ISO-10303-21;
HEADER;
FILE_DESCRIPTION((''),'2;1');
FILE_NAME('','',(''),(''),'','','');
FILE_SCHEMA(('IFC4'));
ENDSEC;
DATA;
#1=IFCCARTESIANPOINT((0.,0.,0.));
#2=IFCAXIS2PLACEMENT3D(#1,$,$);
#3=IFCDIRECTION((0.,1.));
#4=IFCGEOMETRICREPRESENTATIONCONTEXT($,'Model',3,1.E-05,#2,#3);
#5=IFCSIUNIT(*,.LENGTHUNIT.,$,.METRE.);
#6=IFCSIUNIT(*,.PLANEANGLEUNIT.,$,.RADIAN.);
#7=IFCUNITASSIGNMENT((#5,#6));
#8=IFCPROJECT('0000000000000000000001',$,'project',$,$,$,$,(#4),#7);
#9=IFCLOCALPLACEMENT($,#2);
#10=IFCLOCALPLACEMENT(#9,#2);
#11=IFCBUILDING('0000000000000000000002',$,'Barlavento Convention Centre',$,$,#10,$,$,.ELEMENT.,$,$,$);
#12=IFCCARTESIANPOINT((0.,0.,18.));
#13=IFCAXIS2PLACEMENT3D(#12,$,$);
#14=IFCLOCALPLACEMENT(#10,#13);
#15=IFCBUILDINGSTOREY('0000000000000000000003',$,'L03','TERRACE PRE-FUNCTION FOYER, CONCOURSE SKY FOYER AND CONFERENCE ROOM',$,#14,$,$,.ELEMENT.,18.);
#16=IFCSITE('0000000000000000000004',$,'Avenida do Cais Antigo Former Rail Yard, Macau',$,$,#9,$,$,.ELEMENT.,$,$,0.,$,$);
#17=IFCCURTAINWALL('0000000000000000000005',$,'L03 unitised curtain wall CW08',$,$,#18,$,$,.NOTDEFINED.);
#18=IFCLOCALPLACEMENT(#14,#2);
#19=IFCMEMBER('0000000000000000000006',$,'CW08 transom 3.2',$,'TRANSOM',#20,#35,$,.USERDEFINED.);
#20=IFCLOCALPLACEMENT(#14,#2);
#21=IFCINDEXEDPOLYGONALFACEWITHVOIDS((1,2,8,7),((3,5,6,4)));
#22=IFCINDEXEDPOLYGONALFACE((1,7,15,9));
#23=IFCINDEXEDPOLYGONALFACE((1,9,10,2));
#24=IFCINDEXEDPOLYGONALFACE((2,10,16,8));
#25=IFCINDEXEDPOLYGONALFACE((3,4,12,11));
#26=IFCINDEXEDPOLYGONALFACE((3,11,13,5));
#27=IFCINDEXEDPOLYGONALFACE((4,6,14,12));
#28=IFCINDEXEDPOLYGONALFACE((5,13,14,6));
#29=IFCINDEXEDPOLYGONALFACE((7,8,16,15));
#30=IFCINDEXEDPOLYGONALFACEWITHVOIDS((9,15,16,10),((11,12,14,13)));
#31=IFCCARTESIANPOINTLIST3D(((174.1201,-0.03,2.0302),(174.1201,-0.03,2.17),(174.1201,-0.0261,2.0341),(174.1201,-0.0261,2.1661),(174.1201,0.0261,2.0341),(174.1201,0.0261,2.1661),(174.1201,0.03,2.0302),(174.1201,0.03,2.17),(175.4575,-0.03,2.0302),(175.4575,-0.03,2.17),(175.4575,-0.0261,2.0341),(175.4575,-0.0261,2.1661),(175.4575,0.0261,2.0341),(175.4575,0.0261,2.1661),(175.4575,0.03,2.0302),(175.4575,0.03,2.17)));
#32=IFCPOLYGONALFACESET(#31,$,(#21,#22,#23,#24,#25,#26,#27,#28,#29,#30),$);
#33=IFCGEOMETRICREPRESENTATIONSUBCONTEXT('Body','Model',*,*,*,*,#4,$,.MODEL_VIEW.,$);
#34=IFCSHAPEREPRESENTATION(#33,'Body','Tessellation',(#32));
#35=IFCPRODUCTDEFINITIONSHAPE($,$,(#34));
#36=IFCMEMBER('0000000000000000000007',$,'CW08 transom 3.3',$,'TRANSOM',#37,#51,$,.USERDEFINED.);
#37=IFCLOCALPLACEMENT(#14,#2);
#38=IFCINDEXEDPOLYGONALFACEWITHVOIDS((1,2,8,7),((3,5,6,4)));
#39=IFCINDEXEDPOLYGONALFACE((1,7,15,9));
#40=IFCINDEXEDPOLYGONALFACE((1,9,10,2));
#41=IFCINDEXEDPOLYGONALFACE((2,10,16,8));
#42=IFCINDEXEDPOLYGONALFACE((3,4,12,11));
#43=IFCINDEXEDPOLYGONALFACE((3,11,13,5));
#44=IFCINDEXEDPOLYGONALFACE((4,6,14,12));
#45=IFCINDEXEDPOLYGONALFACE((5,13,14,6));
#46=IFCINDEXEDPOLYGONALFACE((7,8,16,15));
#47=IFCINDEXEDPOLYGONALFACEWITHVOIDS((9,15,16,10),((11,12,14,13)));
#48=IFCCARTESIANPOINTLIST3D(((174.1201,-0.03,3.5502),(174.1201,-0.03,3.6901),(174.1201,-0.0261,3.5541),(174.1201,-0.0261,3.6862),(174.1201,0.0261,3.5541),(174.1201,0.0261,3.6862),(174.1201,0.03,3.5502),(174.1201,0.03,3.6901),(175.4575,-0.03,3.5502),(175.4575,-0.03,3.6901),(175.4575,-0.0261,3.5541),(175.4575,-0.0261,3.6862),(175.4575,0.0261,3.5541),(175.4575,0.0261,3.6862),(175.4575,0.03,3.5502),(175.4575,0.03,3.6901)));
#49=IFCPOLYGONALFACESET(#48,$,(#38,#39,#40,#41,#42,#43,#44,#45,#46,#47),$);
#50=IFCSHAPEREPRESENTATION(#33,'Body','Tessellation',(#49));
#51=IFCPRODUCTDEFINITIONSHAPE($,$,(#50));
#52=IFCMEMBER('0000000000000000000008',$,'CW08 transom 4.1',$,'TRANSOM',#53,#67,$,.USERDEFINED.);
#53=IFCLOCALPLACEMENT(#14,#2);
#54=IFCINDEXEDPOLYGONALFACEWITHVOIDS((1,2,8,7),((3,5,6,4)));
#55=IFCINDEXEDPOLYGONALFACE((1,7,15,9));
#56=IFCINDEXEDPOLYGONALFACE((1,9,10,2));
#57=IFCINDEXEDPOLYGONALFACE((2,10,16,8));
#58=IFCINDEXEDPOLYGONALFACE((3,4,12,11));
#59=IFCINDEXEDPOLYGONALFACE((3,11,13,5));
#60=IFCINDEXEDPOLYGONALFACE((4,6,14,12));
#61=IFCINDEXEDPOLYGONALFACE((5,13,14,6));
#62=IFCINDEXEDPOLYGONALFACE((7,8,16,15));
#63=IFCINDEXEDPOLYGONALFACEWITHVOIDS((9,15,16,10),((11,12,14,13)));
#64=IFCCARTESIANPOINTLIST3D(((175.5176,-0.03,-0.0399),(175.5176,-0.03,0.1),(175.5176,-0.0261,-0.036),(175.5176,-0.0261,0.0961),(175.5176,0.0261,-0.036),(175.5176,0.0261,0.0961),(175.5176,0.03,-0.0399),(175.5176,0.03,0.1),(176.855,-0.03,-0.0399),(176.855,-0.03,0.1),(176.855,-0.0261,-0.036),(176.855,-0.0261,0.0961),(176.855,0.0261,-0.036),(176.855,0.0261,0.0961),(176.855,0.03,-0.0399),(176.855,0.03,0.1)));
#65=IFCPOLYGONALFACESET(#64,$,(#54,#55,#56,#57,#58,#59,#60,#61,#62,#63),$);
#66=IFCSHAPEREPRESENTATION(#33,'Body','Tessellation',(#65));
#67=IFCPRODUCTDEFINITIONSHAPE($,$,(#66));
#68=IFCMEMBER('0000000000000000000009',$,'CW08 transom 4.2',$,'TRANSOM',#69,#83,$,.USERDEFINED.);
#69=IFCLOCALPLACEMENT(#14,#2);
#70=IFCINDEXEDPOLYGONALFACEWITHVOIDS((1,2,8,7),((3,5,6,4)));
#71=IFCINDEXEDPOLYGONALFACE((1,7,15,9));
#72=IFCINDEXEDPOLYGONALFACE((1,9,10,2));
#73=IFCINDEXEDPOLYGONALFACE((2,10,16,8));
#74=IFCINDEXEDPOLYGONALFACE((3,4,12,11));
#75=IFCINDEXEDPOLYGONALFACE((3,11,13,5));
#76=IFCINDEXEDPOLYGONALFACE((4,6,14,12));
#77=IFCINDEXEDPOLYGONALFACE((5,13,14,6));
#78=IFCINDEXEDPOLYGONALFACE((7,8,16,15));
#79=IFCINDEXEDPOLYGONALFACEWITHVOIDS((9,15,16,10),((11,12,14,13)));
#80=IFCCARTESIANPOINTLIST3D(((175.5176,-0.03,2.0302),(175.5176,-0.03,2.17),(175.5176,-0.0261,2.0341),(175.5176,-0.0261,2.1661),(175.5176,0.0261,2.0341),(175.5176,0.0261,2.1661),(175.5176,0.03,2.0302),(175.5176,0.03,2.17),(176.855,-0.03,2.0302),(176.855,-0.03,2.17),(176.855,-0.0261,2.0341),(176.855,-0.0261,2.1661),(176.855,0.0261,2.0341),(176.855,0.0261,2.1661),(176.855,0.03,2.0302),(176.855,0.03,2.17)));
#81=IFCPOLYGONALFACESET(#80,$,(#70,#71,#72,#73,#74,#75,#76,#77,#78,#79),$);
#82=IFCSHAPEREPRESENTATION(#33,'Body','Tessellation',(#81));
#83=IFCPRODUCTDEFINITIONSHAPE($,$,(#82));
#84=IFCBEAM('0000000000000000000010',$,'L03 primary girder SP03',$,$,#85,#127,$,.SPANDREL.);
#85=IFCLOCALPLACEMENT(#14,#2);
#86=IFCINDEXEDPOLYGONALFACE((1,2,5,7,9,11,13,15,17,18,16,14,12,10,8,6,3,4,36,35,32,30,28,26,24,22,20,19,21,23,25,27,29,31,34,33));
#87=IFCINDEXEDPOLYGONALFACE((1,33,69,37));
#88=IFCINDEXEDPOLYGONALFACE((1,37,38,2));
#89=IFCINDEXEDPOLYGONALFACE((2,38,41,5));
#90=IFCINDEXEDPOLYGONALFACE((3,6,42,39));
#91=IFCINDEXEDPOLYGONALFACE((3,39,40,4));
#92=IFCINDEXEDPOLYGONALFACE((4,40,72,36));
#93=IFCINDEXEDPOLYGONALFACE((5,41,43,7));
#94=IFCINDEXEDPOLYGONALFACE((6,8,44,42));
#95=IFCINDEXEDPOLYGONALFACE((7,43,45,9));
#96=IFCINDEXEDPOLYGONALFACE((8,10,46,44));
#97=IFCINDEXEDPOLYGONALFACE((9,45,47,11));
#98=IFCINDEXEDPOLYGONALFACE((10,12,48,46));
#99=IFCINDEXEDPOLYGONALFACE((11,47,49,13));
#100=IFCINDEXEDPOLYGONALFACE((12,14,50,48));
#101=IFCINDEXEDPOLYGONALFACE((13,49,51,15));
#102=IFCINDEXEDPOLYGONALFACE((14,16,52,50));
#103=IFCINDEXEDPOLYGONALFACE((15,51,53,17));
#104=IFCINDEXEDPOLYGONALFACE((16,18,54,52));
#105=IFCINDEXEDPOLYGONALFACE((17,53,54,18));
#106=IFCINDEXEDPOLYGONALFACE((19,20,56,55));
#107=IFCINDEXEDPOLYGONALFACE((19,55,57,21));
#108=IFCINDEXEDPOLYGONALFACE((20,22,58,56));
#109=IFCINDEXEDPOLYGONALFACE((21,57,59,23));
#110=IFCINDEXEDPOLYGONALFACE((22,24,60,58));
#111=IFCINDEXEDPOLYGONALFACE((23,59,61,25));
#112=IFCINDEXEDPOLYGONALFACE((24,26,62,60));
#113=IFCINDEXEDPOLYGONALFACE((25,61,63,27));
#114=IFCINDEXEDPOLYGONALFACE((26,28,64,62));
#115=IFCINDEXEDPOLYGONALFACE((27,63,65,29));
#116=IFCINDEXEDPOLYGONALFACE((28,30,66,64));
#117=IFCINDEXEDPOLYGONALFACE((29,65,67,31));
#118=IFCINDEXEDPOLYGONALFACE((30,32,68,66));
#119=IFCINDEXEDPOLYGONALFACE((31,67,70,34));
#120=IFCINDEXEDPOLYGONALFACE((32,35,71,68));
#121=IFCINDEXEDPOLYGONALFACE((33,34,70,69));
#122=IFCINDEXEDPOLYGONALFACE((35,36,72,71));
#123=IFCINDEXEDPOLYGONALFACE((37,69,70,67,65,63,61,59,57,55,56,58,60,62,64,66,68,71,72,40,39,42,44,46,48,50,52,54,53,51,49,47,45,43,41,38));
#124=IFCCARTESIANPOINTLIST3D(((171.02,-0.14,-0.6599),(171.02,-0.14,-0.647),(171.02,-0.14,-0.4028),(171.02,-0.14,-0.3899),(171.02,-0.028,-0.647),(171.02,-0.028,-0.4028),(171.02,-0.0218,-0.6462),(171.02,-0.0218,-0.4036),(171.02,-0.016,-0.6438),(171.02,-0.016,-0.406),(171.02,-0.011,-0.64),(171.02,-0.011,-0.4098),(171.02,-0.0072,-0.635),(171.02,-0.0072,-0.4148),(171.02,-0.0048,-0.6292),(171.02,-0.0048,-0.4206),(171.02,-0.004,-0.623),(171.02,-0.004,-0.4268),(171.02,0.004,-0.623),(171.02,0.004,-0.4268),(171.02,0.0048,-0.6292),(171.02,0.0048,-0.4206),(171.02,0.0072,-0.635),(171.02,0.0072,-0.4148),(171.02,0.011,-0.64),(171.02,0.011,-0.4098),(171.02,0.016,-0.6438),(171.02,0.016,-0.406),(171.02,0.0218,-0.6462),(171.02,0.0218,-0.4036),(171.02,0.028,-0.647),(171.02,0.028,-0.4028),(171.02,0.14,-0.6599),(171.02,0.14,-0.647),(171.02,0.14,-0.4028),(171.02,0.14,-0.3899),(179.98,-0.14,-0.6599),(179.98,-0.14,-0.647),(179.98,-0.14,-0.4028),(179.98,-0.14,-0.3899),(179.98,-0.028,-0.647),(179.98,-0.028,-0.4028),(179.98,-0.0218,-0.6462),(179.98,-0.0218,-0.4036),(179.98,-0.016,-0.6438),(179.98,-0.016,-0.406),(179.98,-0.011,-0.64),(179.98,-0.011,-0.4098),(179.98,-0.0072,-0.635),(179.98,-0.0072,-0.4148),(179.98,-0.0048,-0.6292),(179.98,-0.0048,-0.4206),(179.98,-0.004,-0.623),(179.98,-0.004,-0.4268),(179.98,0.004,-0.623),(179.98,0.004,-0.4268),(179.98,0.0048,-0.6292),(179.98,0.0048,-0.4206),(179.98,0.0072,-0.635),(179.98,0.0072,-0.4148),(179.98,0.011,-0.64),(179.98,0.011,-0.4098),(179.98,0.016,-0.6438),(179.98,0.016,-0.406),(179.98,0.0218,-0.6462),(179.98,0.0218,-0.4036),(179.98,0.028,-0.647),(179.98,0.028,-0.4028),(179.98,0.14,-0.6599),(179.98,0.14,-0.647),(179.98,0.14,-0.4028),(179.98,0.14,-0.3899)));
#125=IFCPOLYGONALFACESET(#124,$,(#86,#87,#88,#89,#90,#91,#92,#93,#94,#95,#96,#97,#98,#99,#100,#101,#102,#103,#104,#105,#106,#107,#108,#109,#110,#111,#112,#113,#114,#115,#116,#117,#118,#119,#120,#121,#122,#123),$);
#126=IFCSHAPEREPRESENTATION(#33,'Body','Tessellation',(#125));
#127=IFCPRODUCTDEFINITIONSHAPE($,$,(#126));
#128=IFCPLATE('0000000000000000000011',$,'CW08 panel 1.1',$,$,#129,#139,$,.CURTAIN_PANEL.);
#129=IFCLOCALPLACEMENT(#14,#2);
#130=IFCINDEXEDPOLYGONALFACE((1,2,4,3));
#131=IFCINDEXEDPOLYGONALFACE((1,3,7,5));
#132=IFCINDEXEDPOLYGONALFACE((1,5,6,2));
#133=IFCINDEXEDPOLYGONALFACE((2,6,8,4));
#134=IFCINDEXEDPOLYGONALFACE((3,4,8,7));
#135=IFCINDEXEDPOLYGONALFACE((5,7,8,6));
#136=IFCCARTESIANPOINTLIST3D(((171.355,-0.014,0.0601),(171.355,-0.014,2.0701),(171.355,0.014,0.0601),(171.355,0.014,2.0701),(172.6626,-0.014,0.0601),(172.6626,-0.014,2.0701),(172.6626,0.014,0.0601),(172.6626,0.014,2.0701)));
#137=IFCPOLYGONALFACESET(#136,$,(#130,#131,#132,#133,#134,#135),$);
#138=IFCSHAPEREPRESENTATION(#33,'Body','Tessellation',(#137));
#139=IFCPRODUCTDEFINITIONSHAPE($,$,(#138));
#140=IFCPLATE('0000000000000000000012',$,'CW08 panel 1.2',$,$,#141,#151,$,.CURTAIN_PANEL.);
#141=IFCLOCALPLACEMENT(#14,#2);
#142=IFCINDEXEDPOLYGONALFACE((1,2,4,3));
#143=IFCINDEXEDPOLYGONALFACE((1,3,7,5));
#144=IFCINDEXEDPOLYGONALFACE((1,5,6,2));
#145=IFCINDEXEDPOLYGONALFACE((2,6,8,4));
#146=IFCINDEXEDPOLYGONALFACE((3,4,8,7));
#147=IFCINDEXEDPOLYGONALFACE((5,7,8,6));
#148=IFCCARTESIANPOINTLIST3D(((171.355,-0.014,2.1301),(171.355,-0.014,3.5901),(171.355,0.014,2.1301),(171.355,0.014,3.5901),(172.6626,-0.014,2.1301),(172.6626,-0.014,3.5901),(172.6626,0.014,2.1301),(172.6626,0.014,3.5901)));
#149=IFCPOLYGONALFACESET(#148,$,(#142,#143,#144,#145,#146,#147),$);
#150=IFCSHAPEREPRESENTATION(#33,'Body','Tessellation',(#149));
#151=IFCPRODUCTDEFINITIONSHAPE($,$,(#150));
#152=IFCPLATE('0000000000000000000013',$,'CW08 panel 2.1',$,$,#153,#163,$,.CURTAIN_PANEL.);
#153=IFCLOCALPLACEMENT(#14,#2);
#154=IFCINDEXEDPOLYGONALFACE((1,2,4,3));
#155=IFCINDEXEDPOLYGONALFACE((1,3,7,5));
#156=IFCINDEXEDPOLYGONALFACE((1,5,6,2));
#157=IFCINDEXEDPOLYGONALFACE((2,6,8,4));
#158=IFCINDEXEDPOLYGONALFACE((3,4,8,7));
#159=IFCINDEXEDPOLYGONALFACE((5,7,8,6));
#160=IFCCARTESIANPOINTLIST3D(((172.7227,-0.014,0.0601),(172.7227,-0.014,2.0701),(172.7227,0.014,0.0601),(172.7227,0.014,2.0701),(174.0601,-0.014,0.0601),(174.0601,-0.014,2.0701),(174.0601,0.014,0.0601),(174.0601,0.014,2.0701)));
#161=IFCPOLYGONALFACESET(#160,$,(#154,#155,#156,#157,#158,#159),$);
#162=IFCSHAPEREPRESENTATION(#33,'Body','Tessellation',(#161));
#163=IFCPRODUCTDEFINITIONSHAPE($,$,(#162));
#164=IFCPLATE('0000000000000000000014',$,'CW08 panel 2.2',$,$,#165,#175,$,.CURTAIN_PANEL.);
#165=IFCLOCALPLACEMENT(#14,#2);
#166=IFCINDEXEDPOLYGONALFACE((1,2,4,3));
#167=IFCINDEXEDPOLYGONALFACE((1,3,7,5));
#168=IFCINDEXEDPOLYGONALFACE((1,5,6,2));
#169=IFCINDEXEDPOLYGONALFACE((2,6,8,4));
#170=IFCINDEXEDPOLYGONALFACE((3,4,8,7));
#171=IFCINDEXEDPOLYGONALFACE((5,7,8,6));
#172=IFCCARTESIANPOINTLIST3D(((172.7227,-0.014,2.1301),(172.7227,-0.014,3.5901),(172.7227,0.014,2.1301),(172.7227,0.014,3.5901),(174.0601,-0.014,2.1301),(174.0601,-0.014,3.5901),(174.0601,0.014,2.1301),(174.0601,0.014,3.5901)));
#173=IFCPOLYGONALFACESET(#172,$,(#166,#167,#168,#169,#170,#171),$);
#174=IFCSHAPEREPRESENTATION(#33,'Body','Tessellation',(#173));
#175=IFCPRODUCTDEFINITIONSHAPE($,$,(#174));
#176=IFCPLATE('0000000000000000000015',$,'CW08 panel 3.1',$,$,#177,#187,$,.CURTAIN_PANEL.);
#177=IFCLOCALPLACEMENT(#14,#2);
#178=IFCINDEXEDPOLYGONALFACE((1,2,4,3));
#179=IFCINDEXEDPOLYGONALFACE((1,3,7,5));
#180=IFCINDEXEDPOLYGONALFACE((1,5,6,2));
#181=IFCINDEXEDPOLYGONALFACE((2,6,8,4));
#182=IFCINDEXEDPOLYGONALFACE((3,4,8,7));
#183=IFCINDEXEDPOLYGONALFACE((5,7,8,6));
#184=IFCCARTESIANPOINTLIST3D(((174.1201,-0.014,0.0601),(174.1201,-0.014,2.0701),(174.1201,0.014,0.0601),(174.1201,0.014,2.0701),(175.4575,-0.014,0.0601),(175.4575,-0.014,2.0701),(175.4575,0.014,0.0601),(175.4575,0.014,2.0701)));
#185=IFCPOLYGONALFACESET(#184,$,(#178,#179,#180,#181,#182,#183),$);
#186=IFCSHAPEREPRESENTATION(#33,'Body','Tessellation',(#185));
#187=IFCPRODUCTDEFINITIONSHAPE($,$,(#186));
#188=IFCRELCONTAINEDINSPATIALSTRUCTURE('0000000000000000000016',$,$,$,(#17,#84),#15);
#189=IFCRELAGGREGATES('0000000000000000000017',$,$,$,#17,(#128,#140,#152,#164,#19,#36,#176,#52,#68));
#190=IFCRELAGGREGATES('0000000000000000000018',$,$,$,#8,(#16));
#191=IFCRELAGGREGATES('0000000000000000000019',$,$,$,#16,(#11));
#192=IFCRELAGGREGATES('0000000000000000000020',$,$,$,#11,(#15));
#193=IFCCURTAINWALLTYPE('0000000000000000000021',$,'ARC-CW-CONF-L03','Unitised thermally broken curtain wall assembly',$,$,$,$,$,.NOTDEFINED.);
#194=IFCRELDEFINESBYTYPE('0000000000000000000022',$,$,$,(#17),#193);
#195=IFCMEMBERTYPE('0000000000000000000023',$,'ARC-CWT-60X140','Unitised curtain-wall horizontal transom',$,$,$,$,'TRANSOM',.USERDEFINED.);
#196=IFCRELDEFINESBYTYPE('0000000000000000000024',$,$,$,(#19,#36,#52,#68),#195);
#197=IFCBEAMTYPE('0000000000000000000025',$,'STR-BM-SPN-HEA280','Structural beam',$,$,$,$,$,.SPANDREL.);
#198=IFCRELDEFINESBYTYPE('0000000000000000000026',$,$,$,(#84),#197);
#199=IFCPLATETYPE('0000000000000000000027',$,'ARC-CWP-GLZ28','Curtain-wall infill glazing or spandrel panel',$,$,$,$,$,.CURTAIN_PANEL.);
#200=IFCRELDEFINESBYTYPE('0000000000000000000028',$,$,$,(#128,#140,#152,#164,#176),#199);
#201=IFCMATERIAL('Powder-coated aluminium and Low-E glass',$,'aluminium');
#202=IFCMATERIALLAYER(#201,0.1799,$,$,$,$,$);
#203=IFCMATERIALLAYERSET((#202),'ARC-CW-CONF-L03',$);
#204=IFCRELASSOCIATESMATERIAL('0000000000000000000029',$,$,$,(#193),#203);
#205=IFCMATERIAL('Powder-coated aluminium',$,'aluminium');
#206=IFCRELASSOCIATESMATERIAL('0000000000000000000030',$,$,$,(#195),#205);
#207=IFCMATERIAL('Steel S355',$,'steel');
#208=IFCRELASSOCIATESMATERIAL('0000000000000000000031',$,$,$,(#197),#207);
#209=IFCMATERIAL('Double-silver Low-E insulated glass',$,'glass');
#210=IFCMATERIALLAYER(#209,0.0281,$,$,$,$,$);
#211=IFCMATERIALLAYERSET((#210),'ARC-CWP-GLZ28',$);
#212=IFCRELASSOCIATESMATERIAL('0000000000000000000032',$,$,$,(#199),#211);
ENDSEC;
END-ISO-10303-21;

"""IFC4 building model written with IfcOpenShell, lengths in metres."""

from ifc_helpers import new_model, si_unit, direction, frame, origin, origin_2d, place, context, subcontext, project, spatial, rectangle, hollow_rectangle, i_section, extrude, material, layer, layer_set, material_profile, profile_set, type_object, element, aggregate, save


model = new_model("IFC4")

# Units and contexts
model_context = context("Model", 3, precision=1e-05, world=origin(), true_north=direction((0.0, 1.0)))
body_context = subcontext(model_context, "Body", "Model", "MODEL_VIEW")
ifc_project = project(units=[si_unit("LENGTHUNIT", "METRE"), si_unit("PLANEANGLEUNIT", "RADIAN")], contexts=[model_context])

# Site, building, storey
site_placement = place(None, origin())
site = spatial("IfcSite", under=ifc_project, at=site_placement, Name="Avenida do Cais Antigo Former Rail Yard, Macau", CompositionType="ELEMENT", RefElevation=0.0)
building_placement = place(site_placement, origin())
building = spatial("IfcBuilding", under=site, at=building_placement, Name="Barlavento Convention Centre", CompositionType="ELEMENT")
storey_placement = place(building_placement, frame((0.0, 0.0, 18.0)))
storey = spatial("IfcBuildingStorey", under=building, at=storey_placement, Name="L03", Description="TERRACE PRE-FUNCTION FOYER, CONCOURSE SKY FOYER AND CONFERENCE ROOM", CompositionType="ELEMENT", Elevation=18.0)

# Curtain wall, members
ifc_material_1 = material(Name="Powder-coated aluminium and Low-E glass", Category="aluminium")
ifc_layer_1 = layer(ifc_material_1, 0.1799)
ifc_layer_set_1 = layer_set([ifc_layer_1], Name="ARC-CW-CONF-L03")
curtain_wall_type = type_object("IfcCurtainWallType", Name="ARC-CW-CONF-L03", Description="Unitised thermally broken curtain wall assembly", PredefinedType="NOTDEFINED", material=ifc_layer_set_1)
curtain_wall_placement = place(storey_placement, origin())
curtain_wall = element("IfcCurtainWall", 1, at=curtain_wall_placement, inside=storey, type_object=curtain_wall_type, Name="L03 unitised curtain wall CW08", PredefinedType="NOTDEFINED")
ifc_material_2 = material(Name="Powder-coated aluminium", Category="aluminium")
ifc_material_profile_1 = material_profile(ifc_material_2, hollow_rectangle(XDim=0.0601, YDim=0.1399, WallThickness=0.0039, at=origin_2d()), Name="AL-TRAN 60x140x4")
ifc_profile_set_1 = profile_set([ifc_material_profile_1], Name="Powder-coated aluminium")
member_type_1 = type_object("IfcMemberType", Name="ARC-CWT-60X140", Description="Unitised curtain-wall horizontal transom", ElementType="TRANSOM", PredefinedType="USERDEFINED", material=ifc_profile_set_1)
member_1_placement = place(storey_placement, frame((174.1201, 0.0, 2.1001), z_axis=(1.0, 0.0, 0.0), x_axis=(0.0, 1.0, 0.0)))
member_1 = element("IfcMember", 2, at=member_1_placement, type_object=member_type_1, Name="CW08 transom 3.2", ObjectType="TRANSOM", PredefinedType="USERDEFINED", context=body_context, shape_type="SweptSolid", body=[
    extrude(hollow_rectangle(XDim=0.0601, YDim=0.1399, WallThickness=0.0039, at=origin_2d()), origin(), (0.0, 0.0, 1.0), 1.3374),
])
member_2_placement = place(storey_placement, frame((174.1201, 0.0, 3.6201), z_axis=(1.0, 0.0, 0.0), x_axis=(0.0, 1.0, 0.0)))
member_2 = element("IfcMember", 3, at=member_2_placement, type_object=member_type_1, Name="CW08 transom 3.3", ObjectType="TRANSOM", PredefinedType="USERDEFINED", context=body_context, shape_type="SweptSolid", body=[
    extrude(hollow_rectangle(XDim=0.0601, YDim=0.1399, WallThickness=0.0039, at=origin_2d()), origin(), (0.0, 0.0, 1.0), 1.3374),
])
member_3_placement = place(storey_placement, frame((175.5176, 0.0, 0.03), z_axis=(1.0, 0.0, 0.0), x_axis=(0.0, 1.0, 0.0)))
member_3 = element("IfcMember", 4, at=member_3_placement, type_object=member_type_1, Name="CW08 transom 4.1", ObjectType="TRANSOM", PredefinedType="USERDEFINED", context=body_context, shape_type="SweptSolid", body=[
    extrude(hollow_rectangle(XDim=0.0601, YDim=0.1399, WallThickness=0.0039, at=origin_2d()), origin(), (0.0, 0.0, 1.0), 1.3374),
])
member_4_placement = place(storey_placement, frame((175.5176, 0.0, 2.1001), z_axis=(1.0, 0.0, 0.0), x_axis=(0.0, 1.0, 0.0)))
member_4 = element("IfcMember", 5, at=member_4_placement, type_object=member_type_1, Name="CW08 transom 4.2", ObjectType="TRANSOM", PredefinedType="USERDEFINED", context=body_context, shape_type="SweptSolid", body=[
    extrude(hollow_rectangle(XDim=0.0601, YDim=0.1399, WallThickness=0.0039, at=origin_2d()), origin(), (0.0, 0.0, 1.0), 1.3374),
])

# Beam
ifc_material_3 = material(Name="Steel S355", Category="steel")
ifc_material_profile_2 = material_profile(ifc_material_3, i_section(OverallWidth=0.28, OverallDepth=0.27, WebThickness=0.0081, FlangeThickness=0.0129, FilletRadius=0.0239, at=origin_2d()), Name="HEA 280")
ifc_profile_set_2 = profile_set([ifc_material_profile_2], Name="Steel S355")
beam_type = type_object("IfcBeamType", Name="STR-BM-SPN-HEA280", Description="Structural beam", PredefinedType="SPANDREL", material=ifc_profile_set_2)
beam_placement = place(storey_placement, frame((171.02, 0.0, -0.5249), z_axis=(1.0, 0.0, 0.0), x_axis=(0.0, 1.0, 0.0)))
element("IfcBeam", 6, at=beam_placement, inside=storey, type_object=beam_type, Name="L03 primary girder SP03", PredefinedType="SPANDREL", context=body_context, shape_type="SweptSolid", body=[
    extrude(i_section(OverallWidth=0.28, OverallDepth=0.27, WebThickness=0.0081, FlangeThickness=0.0129, FilletRadius=0.0239, at=origin_2d()), origin(), (0.0, 0.0, 1.0), 8.96),
])

# Plates
ifc_material_4 = material(Name="Double-silver Low-E insulated glass", Category="glass")
ifc_layer_2 = layer(ifc_material_4, 0.0281)
ifc_layer_set_2 = layer_set([ifc_layer_2], Name="ARC-CWP-GLZ28")
plate_type = type_object("IfcPlateType", Name="ARC-CWP-GLZ28", Description="Curtain-wall infill glazing or spandrel panel", PredefinedType="CURTAIN_PANEL", material=ifc_layer_set_2)
plate_1_placement = place(storey_placement, frame((172.0088, 0.0, 0.0601), z_axis=(0.0, 0.0, 1.0), x_axis=(1.0, 0.0, 0.0)))
plate_1 = element("IfcPlate", 7, at=plate_1_placement, type_object=plate_type, Name="CW08 panel 1.1", PredefinedType="CURTAIN_PANEL", context=body_context, shape_type="SweptSolid", body=[
    extrude(rectangle(XDim=1.3076, YDim=0.0281, at=origin_2d()), origin(), (0.0, 0.0, 1.0), 2.01),
])
plate_2_placement = place(storey_placement, frame((172.0088, 0.0, 2.1301), z_axis=(0.0, 0.0, 1.0), x_axis=(1.0, 0.0, 0.0)))
plate_2 = element("IfcPlate", 8, at=plate_2_placement, type_object=plate_type, Name="CW08 panel 1.2", PredefinedType="CURTAIN_PANEL", context=body_context, shape_type="SweptSolid", body=[
    extrude(rectangle(XDim=1.3076, YDim=0.0281, at=origin_2d()), origin(), (0.0, 0.0, 1.0), 1.46),
])
plate_3_placement = place(storey_placement, frame((173.3914, 0.0, 0.0601), z_axis=(0.0, 0.0, 1.0), x_axis=(1.0, 0.0, 0.0)))
plate_3 = element("IfcPlate", 9, at=plate_3_placement, type_object=plate_type, Name="CW08 panel 2.1", PredefinedType="CURTAIN_PANEL", context=body_context, shape_type="SweptSolid", body=[
    extrude(rectangle(XDim=1.3374, YDim=0.0281, at=origin_2d()), origin(), (0.0, 0.0, 1.0), 2.01),
])
plate_4_placement = place(storey_placement, frame((173.3914, 0.0, 2.1301), z_axis=(0.0, 0.0, 1.0), x_axis=(1.0, 0.0, 0.0)))
plate_4 = element("IfcPlate", 10, at=plate_4_placement, type_object=plate_type, Name="CW08 panel 2.2", PredefinedType="CURTAIN_PANEL", context=body_context, shape_type="SweptSolid", body=[
    extrude(rectangle(XDim=1.3374, YDim=0.0281, at=origin_2d()), origin(), (0.0, 0.0, 1.0), 1.46),
])
plate_5_placement = place(storey_placement, frame((174.7888, 0.0, 0.0601), z_axis=(0.0, 0.0, 1.0), x_axis=(1.0, 0.0, 0.0)))
plate_5 = element("IfcPlate", 11, at=plate_5_placement, type_object=plate_type, Name="CW08 panel 3.1", PredefinedType="CURTAIN_PANEL", context=body_context, shape_type="SweptSolid", body=[
    extrude(rectangle(XDim=1.3374, YDim=0.0281, at=origin_2d()), origin(), (0.0, 0.0, 1.0), 2.01),
])
aggregate(curtain_wall, [plate_1, plate_2, plate_3, plate_4, member_1, member_2, plate_5, member_3, member_4])

save(model, "model.ifc")
